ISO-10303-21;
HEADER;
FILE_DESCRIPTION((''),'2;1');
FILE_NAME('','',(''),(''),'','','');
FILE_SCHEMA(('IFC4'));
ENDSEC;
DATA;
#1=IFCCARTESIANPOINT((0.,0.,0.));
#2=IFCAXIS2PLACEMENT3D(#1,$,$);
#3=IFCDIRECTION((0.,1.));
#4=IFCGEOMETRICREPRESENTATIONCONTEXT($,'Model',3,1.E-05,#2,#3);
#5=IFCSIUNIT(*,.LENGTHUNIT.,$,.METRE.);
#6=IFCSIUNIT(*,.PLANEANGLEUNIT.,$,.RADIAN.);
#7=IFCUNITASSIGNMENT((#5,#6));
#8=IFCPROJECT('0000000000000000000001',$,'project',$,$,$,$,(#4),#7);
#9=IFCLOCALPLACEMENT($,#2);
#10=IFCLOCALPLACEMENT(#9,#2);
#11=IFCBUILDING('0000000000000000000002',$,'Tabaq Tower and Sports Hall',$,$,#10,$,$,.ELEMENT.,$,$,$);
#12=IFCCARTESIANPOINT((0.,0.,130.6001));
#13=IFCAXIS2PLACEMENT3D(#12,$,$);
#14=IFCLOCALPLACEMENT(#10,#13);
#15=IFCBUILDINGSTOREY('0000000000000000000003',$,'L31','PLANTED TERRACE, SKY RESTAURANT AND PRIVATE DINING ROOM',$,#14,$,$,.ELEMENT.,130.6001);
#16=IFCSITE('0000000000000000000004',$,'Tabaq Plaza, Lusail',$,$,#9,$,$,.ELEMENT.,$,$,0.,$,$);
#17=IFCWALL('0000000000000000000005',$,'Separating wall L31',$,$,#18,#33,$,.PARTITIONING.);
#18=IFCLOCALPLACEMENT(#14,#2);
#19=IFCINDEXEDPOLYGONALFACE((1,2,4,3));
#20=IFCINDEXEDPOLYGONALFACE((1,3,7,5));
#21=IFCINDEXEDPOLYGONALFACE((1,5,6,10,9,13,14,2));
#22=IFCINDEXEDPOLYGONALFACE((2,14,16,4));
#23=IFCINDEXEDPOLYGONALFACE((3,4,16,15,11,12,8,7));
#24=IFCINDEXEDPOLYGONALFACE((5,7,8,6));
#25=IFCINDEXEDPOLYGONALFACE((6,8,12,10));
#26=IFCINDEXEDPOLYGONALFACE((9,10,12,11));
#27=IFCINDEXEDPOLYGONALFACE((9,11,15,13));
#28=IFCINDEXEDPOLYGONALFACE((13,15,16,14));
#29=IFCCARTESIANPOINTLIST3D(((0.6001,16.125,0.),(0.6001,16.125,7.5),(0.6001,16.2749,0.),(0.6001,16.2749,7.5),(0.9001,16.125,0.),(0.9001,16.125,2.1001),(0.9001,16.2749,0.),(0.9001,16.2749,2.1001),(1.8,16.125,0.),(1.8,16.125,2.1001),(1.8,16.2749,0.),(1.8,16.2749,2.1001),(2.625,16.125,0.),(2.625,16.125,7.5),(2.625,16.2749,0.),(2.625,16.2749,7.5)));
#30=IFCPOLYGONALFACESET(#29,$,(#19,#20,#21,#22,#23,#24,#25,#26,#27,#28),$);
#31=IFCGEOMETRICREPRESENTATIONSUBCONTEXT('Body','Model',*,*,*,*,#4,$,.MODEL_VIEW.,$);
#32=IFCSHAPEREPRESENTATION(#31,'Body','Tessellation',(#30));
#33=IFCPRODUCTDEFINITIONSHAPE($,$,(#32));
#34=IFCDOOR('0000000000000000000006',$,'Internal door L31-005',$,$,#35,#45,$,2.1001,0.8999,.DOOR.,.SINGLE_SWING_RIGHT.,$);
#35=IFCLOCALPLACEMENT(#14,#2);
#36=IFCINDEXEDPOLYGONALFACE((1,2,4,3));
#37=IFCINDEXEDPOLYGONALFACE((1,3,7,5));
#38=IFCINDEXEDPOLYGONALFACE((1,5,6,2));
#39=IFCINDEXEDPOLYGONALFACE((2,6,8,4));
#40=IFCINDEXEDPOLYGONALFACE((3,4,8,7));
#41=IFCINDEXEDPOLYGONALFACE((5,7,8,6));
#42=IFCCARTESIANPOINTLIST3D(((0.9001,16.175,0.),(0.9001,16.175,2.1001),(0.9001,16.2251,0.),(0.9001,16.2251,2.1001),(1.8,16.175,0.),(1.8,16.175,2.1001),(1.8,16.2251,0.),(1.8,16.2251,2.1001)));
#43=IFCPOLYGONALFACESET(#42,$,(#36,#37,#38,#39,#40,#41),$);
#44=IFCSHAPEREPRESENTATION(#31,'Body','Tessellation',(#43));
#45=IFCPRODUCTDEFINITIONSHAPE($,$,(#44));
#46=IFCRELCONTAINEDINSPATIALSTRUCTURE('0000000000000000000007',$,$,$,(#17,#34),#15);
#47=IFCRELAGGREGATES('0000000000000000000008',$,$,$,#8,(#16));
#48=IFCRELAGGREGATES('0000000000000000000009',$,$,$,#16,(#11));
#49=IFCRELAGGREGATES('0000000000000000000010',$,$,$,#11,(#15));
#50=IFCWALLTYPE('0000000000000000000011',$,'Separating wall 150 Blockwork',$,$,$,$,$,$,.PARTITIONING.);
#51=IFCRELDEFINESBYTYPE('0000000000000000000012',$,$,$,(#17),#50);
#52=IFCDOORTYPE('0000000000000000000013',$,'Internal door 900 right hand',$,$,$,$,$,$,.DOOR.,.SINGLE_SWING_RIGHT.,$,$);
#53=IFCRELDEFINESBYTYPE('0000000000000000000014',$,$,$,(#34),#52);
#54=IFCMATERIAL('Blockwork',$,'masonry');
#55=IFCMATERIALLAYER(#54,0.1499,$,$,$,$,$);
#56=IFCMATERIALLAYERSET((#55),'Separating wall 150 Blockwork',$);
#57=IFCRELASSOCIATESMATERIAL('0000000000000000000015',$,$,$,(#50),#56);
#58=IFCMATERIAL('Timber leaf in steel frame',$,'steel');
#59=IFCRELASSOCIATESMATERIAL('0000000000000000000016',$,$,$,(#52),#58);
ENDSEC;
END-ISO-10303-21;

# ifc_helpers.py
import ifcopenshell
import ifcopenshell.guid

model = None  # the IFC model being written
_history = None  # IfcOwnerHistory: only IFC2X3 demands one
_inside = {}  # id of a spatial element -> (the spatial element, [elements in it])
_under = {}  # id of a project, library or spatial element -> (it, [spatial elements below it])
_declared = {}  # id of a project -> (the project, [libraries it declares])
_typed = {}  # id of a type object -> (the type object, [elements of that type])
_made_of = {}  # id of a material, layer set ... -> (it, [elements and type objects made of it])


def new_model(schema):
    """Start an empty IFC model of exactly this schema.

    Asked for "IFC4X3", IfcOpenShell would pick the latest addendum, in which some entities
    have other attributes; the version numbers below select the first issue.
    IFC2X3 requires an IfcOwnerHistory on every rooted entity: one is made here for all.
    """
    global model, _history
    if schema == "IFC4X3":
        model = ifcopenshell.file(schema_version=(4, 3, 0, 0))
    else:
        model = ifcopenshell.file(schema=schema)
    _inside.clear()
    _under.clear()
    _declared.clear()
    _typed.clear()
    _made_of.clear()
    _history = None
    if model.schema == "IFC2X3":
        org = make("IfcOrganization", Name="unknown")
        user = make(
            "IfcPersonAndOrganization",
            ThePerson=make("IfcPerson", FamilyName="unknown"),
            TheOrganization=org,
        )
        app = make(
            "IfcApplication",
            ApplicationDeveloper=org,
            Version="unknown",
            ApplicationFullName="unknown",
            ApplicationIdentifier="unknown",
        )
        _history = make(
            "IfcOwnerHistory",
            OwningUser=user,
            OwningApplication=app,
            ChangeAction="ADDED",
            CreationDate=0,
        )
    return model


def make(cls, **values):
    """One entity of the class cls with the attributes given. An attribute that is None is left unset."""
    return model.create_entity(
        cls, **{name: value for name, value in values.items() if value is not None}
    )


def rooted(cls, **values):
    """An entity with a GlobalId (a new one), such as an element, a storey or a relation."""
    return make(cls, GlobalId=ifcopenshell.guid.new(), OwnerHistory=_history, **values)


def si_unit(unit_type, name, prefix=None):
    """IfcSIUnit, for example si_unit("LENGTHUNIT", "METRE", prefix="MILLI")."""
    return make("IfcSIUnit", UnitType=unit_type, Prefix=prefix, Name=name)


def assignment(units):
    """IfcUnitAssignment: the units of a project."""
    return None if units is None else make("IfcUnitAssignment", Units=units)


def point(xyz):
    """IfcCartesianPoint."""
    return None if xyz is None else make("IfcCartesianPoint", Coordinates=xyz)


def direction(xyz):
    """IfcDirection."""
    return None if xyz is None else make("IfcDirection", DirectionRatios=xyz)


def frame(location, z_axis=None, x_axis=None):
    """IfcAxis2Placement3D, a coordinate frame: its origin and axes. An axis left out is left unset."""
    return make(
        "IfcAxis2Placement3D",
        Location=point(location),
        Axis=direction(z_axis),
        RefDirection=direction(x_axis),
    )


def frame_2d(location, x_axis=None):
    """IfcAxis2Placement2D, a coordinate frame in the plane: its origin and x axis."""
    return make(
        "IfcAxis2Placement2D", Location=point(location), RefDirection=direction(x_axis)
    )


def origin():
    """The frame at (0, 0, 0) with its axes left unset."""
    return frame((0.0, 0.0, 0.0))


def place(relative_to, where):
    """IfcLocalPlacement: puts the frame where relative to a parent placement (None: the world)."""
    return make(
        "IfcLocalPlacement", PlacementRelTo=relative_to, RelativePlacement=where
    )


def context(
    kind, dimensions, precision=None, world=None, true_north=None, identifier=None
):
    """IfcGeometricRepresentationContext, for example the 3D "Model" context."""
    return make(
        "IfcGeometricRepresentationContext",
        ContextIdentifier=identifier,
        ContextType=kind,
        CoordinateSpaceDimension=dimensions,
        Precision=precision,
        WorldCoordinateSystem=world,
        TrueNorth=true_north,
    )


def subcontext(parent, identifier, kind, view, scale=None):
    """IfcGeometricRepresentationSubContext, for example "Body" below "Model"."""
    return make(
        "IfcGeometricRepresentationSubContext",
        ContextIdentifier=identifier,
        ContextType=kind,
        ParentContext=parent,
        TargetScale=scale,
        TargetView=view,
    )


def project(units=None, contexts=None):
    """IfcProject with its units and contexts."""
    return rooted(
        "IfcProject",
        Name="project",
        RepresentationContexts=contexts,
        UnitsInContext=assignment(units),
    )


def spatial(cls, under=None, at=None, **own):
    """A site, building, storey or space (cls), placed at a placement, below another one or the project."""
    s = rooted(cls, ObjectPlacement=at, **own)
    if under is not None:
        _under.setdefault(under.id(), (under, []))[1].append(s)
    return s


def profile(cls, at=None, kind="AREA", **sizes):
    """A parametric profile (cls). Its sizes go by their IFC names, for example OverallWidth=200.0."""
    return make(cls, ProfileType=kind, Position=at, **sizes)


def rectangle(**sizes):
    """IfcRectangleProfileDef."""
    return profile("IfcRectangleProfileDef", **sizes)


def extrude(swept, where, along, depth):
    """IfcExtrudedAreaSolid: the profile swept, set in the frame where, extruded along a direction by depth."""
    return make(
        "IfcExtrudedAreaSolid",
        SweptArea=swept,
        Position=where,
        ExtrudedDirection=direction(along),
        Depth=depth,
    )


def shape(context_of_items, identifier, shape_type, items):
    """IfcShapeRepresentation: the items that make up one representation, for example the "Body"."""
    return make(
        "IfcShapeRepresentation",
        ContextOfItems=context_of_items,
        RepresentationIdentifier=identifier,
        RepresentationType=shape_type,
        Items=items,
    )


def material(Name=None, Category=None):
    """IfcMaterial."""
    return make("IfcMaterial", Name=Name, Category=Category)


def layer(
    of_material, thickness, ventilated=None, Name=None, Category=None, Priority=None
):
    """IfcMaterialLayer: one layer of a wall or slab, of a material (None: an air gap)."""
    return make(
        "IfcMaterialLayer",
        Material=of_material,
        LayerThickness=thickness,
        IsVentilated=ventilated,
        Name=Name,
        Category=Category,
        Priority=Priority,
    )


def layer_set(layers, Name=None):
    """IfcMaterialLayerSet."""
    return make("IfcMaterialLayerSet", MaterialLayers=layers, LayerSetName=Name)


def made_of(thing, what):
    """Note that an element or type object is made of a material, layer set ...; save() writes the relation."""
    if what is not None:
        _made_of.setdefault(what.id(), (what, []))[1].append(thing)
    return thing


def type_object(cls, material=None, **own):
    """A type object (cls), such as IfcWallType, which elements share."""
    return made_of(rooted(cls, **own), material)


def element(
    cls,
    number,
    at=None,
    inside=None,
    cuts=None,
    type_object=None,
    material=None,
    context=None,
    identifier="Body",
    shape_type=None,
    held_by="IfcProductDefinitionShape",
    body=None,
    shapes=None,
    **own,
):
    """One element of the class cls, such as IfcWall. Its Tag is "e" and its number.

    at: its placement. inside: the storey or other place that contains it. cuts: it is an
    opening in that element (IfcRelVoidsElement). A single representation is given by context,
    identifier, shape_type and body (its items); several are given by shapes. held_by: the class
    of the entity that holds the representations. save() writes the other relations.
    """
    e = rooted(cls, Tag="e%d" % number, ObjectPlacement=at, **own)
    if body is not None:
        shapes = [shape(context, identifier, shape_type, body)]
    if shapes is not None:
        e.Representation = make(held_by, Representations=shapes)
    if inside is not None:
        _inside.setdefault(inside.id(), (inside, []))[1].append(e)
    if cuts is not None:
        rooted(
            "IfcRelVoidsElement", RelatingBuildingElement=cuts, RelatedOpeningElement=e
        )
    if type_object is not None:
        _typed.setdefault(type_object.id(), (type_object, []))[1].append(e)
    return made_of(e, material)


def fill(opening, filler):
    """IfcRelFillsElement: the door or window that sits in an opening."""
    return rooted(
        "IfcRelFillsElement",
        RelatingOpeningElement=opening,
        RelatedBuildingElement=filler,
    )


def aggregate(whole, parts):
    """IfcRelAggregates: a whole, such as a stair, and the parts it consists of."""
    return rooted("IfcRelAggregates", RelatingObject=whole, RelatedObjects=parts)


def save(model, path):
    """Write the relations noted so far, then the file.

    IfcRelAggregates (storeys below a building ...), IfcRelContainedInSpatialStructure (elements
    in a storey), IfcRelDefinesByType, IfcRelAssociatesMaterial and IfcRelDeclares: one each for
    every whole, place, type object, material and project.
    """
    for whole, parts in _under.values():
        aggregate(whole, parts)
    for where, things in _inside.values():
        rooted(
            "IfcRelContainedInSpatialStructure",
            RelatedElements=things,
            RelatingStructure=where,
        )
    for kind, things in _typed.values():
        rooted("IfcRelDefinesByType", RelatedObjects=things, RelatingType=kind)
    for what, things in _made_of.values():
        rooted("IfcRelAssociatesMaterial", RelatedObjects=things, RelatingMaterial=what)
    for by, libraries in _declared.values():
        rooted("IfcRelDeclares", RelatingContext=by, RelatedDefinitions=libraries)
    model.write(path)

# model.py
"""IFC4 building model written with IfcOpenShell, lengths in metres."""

from ifc_helpers import new_model, si_unit, direction, frame, frame_2d, origin, place, context, subcontext, project, spatial, rectangle, extrude, material, layer, layer_set, type_object, element, fill, save


model = new_model("IFC4")

# Units and contexts
model_context = context("Model", 3, precision=1e-05, world=origin(), true_north=direction((0.0, 1.0)))
body_context = subcontext(model_context, "Body", "Model", "MODEL_VIEW")
ifc_project = project(units=[si_unit("LENGTHUNIT", "METRE"), si_unit("PLANEANGLEUNIT", "RADIAN")], contexts=[model_context])

# Site, building, storey
site_placement = place(None, origin())
site = spatial("IfcSite", under=ifc_project, at=site_placement, Name="Tabaq Plaza, Lusail", CompositionType="ELEMENT", RefElevation=0.0)
building_placement = place(site_placement, origin())
building = spatial("IfcBuilding", under=site, at=building_placement, Name="Tabaq Tower and Sports Hall", CompositionType="ELEMENT")
storey_placement = place(building_placement, frame((0.0, 0.0, 130.6001)))
storey = spatial("IfcBuildingStorey", under=building, at=storey_placement, Name="L31", Description="PLANTED TERRACE, SKY RESTAURANT AND PRIVATE DINING ROOM", CompositionType="ELEMENT", Elevation=130.6001)

# Wall, opening, door
ifc_material_1 = material(Name="Blockwork", Category="masonry")
ifc_layer_1 = layer(ifc_material_1, 0.1499)
ifc_layer_set_1 = layer_set([ifc_layer_1], Name="Separating wall 150 Blockwork")
wall_type_1 = type_object("IfcWallType", Name="Separating wall 150 Blockwork", PredefinedType="PARTITIONING", material=ifc_layer_set_1)
wall_1_placement = place(storey_placement, frame((2.625, 16.2, 0.0), z_axis=(0.0, 0.0, 1.0), x_axis=(-1.0, 0.0, 0.0)))
wall_1 = element("IfcWall", 1, at=wall_1_placement, inside=storey, type_object=wall_type_1, Name="Separating wall L31", PredefinedType="PARTITIONING", context=body_context, shape_type="SweptSolid", body=[
    extrude(rectangle(XDim=2.0249, YDim=0.1499, at=frame_2d((1.0125, 0.0))), origin(), (0.0, 0.0, 1.0), 7.5),
])
opening_placement = place(wall_1_placement, frame((0.825, 0.0, 0.0)))
opening = element("IfcOpeningElement", 2, at=opening_placement, cuts=wall_1, PredefinedType="OPENING", context=body_context, shape_type="SweptSolid", body=[
    extrude(rectangle(XDim=0.8999, YDim=2.1001, at=frame_2d((0.45, 1.05))), frame((0.0, 0.075, 0.0), z_axis=(0.0, -1.0, 0.0), x_axis=(1.0, 0.0, 0.0)), (0.0, 0.0, 1.0), 0.1499),
])
ifc_material_2 = material(Name="Timber leaf in steel frame", Category="steel")
door_type = type_object("IfcDoorType", Name="Internal door 900 right hand", OperationType="SINGLE_SWING_RIGHT", PredefinedType="DOOR", material=ifc_material_2)
door_placement = place(opening_placement, origin())
door = element("IfcDoor", 3, at=door_placement, inside=storey, type_object=door_type, Name="Internal door L31-005", OperationType="SINGLE_SWING_RIGHT", OverallHeight=2.1001, OverallWidth=0.8999, PredefinedType="DOOR", context=body_context, shape_type="SweptSolid", body=[
    extrude(rectangle(XDim=0.8999, YDim=2.1001, at=frame_2d((0.45, 1.05))), frame((0.0, 0.0249, 0.0), z_axis=(0.0, -1.0, 0.0), x_axis=(1.0, 0.0, 0.0)), (0.0, 0.0, 1.0), 0.05),
])
fill(opening, door)

save(model, "model.ifc")
